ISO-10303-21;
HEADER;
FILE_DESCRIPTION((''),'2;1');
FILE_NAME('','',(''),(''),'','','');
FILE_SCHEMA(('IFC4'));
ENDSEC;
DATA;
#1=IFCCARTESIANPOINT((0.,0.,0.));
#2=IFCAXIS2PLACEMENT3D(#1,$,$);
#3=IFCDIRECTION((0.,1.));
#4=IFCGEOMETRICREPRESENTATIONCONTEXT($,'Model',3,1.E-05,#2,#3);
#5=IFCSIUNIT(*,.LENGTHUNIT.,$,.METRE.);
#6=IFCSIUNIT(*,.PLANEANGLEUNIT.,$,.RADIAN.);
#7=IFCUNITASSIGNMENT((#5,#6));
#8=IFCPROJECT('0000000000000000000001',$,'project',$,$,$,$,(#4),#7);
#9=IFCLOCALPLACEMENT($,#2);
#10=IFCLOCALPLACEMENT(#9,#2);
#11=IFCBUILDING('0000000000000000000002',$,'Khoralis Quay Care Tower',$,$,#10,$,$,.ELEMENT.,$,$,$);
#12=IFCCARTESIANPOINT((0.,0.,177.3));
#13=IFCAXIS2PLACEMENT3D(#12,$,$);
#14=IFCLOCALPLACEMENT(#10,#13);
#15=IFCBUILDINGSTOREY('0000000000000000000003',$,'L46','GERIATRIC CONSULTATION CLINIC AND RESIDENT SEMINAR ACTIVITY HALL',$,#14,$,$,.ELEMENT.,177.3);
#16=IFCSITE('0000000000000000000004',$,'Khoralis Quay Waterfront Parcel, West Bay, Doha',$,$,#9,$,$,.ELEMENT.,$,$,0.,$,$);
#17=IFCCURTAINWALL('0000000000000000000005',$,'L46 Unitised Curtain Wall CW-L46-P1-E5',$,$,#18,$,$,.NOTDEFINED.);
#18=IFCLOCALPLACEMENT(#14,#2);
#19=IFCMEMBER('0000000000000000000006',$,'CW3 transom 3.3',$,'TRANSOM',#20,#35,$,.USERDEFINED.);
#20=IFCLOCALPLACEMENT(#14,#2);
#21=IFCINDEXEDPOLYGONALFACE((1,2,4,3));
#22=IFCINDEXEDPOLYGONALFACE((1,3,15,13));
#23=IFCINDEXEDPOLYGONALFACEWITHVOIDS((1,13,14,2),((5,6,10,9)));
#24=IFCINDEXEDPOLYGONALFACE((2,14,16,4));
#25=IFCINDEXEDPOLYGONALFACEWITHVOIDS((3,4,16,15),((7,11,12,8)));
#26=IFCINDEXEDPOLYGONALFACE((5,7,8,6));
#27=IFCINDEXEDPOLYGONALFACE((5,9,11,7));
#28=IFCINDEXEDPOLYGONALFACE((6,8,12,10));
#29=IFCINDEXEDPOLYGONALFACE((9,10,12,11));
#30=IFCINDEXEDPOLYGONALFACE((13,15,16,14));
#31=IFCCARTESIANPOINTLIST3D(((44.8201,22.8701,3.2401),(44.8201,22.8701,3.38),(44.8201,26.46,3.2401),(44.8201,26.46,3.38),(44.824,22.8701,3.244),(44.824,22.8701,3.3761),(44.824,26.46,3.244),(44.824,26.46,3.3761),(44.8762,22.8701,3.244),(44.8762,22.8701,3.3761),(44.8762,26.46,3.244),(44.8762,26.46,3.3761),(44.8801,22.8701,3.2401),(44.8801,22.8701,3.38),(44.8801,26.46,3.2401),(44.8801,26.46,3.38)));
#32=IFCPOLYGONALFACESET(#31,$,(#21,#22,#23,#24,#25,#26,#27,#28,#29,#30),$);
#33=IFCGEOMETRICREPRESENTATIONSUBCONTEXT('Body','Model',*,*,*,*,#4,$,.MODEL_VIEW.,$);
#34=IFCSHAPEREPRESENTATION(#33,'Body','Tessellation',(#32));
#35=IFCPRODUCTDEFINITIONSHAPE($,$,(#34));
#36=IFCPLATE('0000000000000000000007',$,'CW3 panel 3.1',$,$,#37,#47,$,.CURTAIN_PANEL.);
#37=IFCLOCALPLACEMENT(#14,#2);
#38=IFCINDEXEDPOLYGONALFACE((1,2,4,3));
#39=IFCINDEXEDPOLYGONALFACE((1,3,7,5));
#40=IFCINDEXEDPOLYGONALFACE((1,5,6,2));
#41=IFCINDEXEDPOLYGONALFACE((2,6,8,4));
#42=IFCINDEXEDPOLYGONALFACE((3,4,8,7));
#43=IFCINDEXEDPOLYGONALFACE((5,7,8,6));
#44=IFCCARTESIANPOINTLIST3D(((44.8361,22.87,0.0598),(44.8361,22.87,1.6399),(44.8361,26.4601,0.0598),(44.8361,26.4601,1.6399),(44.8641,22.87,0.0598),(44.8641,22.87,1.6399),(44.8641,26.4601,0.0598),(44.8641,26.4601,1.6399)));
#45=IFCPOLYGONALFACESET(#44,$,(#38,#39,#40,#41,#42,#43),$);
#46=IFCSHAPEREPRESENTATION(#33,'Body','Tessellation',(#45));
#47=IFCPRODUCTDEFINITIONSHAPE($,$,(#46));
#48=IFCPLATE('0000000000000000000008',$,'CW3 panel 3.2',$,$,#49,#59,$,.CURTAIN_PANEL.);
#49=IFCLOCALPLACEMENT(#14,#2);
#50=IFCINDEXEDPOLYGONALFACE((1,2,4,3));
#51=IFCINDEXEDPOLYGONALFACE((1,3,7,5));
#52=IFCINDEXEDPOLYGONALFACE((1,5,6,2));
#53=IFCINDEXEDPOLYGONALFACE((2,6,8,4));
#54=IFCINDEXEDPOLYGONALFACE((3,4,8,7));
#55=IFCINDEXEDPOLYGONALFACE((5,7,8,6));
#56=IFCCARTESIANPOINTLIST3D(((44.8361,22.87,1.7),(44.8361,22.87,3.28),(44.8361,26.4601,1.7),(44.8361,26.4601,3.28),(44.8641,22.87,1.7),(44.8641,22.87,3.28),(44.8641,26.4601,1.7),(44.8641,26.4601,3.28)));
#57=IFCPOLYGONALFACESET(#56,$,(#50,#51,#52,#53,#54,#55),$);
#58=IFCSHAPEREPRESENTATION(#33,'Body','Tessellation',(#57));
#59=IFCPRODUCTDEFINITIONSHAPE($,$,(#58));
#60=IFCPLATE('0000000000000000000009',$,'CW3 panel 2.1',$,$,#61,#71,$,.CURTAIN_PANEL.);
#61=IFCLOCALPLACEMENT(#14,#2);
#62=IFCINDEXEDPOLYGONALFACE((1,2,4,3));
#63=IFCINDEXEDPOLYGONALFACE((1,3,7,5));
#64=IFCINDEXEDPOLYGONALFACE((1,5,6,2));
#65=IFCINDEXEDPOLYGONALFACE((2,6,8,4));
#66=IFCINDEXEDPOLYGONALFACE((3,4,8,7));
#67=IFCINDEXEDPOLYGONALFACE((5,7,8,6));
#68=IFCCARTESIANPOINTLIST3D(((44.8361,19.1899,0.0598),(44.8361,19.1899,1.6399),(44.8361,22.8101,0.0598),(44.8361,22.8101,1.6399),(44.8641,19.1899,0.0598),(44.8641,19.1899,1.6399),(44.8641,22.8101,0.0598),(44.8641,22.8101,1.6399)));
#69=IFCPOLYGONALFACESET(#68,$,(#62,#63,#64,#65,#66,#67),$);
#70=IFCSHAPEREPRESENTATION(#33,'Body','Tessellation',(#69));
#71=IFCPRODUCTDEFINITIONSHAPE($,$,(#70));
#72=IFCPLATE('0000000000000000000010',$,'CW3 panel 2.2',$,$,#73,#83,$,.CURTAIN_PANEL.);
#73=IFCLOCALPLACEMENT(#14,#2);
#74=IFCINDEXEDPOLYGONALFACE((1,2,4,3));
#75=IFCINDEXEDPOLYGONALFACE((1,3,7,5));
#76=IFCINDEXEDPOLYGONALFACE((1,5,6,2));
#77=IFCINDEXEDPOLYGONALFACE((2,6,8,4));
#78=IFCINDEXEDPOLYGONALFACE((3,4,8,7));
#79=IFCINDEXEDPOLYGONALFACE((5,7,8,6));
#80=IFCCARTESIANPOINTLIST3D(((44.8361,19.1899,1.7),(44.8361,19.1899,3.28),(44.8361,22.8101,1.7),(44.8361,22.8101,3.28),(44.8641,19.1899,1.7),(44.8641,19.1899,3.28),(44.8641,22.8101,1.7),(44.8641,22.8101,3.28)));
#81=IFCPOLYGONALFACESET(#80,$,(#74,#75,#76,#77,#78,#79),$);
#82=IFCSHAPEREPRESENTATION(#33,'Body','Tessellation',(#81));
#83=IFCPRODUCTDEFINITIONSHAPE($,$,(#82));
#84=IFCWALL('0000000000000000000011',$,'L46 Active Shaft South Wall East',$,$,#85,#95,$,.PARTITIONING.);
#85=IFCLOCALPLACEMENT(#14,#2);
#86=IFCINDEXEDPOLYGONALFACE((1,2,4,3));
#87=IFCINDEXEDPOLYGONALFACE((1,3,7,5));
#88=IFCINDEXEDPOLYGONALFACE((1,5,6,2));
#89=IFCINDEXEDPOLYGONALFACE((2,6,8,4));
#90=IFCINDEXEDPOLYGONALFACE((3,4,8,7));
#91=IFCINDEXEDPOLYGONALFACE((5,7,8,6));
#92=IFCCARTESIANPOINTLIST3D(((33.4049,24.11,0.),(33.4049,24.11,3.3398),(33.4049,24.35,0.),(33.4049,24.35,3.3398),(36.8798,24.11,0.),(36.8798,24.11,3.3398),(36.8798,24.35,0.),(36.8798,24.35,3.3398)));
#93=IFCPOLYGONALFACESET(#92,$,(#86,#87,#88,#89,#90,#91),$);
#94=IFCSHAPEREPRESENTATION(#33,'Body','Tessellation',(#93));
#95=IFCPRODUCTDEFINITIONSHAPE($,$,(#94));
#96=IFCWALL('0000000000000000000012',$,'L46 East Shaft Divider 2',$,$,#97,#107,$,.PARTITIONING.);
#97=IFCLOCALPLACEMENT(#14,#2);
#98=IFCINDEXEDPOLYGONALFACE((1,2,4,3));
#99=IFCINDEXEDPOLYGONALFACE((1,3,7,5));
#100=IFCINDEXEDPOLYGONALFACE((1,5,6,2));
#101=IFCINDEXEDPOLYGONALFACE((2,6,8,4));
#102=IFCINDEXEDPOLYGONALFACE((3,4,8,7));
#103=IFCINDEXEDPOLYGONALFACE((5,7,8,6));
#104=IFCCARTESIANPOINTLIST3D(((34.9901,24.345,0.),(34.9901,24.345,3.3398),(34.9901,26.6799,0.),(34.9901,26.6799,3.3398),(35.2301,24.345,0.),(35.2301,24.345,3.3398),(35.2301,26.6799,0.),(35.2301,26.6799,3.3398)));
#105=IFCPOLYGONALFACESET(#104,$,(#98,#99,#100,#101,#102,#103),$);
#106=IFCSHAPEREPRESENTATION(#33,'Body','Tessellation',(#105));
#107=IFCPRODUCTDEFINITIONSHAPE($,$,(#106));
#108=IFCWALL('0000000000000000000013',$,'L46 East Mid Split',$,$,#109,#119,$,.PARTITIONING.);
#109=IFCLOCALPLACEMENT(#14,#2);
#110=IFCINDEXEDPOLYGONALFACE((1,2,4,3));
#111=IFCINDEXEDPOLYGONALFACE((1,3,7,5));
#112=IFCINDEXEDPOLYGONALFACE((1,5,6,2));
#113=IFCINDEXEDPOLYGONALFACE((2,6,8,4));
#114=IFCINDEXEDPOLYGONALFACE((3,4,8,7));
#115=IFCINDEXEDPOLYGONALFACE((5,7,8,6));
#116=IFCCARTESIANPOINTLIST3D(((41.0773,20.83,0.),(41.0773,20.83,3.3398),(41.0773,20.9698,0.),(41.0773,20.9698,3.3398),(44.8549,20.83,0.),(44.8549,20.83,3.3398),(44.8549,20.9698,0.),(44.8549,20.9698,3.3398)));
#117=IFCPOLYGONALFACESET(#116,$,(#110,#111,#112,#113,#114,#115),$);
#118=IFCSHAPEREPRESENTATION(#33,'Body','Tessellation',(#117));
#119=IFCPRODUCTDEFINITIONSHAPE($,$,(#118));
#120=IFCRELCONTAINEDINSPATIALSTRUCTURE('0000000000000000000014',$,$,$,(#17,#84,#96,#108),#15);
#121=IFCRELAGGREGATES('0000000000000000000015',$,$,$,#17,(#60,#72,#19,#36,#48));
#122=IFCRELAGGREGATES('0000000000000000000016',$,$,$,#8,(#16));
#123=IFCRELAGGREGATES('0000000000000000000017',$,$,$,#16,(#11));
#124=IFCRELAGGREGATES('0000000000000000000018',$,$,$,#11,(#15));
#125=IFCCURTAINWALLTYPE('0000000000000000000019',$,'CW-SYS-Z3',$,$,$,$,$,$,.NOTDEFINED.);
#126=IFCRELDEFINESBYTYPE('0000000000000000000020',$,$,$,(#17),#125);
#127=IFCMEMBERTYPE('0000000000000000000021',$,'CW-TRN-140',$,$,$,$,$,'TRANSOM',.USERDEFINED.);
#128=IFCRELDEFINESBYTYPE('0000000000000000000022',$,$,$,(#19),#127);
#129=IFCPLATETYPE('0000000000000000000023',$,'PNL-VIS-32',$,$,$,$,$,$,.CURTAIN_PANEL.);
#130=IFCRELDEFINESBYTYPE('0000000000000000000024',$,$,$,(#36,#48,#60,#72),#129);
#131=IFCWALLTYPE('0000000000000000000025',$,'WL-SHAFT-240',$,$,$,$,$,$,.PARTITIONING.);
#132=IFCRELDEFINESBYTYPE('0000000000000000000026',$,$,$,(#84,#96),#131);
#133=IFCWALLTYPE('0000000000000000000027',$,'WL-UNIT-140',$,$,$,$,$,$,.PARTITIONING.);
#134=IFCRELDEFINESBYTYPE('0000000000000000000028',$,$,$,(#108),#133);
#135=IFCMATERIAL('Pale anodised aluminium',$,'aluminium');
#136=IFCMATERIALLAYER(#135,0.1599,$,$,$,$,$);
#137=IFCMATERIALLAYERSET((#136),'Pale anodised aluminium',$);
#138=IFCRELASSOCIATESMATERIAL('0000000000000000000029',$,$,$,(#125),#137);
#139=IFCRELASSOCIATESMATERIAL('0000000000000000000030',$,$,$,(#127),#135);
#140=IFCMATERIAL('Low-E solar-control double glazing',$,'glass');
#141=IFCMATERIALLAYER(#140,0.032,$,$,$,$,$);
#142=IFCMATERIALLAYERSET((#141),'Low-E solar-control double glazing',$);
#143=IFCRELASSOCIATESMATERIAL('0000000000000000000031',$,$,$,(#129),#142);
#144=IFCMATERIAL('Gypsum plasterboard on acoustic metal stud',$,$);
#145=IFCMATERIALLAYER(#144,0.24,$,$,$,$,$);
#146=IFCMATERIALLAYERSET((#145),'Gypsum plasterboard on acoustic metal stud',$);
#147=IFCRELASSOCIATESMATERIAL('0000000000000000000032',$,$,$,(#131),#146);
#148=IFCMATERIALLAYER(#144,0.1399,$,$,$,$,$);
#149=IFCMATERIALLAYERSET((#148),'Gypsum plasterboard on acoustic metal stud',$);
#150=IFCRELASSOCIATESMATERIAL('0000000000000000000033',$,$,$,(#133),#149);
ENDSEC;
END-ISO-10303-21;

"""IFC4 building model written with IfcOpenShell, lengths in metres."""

from ifc_helpers import new_model, si_unit, direction, frame, frame_2d, origin, origin_2d, place, context, subcontext, project, spatial, rectangle, hollow_rectangle, extrude, source, transform, mapped, material, layer, layer_set, material_profile, profile_set, type_object, element, aggregate, save


model = new_model("IFC4")

# Units and contexts
model_context = context("Model", 3, precision=1e-05, world=origin(), true_north=direction((0.0, 1.0)))
body_context = subcontext(model_context, "Body", "Model", "MODEL_VIEW")
ifc_project = project(units=[si_unit("LENGTHUNIT", "METRE"), si_unit("PLANEANGLEUNIT", "RADIAN")], contexts=[model_context])

# Site, building, storey
site_placement = place(None, origin())
site = spatial("IfcSite", under=ifc_project, at=site_placement, Name="Khoralis Quay Waterfront Parcel, West Bay, Doha", CompositionType="ELEMENT", RefElevation=0.0)
building_placement = place(site_placement, origin())
building = spatial("IfcBuilding", under=site, at=building_placement, Name="Khoralis Quay Care Tower", CompositionType="ELEMENT")
storey_placement = place(building_placement, frame((0.0, 0.0, 177.3)))
storey = spatial("IfcBuildingStorey", under=building, at=storey_placement, Name="L46", Description="GERIATRIC CONSULTATION CLINIC AND RESIDENT SEMINAR ACTIVITY HALL", CompositionType="ELEMENT", Elevation=177.3)

# Curtain wall, member, plates
ifc_material_1 = material(Name="Pale anodised aluminium", Category="aluminium")
ifc_layer_1 = layer(ifc_material_1, 0.1599)
ifc_layer_set_1 = layer_set([ifc_layer_1], Name="Pale anodised aluminium")
curtain_wall_type = type_object("IfcCurtainWallType", Name="CW-SYS-Z3", PredefinedType="NOTDEFINED", material=ifc_layer_set_1)
curtain_wall_placement = place(storey_placement, origin())
curtain_wall = element("IfcCurtainWall", 1, at=curtain_wall_placement, inside=storey, type_object=curtain_wall_type, Name="L46 Unitised Curtain Wall CW-L46-P1-E5", PredefinedType="NOTDEFINED")
ifc_material_profile_1 = material_profile(ifc_material_1, hollow_rectangle(XDim=0.0601, YDim=0.1399, WallThickness=0.0039, at=origin_2d()), Name="Pale anodised aluminium")
ifc_profile_set_1 = profile_set([ifc_material_profile_1], Name="Pale anodised aluminium")
member_type_1 = type_object("IfcMemberType", Name="CW-TRN-140", ElementType="TRANSOM", PredefinedType="USERDEFINED", material=ifc_profile_set_1)
shared_shape_1 = source(origin(), body_context, "Body", "SweptSolid", [
    extrude(hollow_rectangle(XDim=0.0601, YDim=0.1399, WallThickness=0.0039, at=origin_2d()), origin(), (0.0, 0.0, 1.0), 3.5898),
])
member_1_placement = place(storey_placement, frame((44.8501, 22.8701, 3.3101), z_axis=(0.0, 1.0, 0.0), x_axis=(-1.0, 0.0, 0.0)))
member_1 = element("IfcMember", 2, at=member_1_placement, type_object=member_type_1, Name="CW3 transom 3.3", ObjectType="TRANSOM", PredefinedType="USERDEFINED", context=body_context, shape_type="MappedRepresentation", body=[
    mapped(shared_shape_1, transform((0.0, 0.0, 0.0), scale=1.0)),
])
ifc_material_2 = material(Name="Low-E solar-control double glazing", Category="glass")
ifc_layer_2 = layer(ifc_material_2, 0.032)
ifc_layer_set_2 = layer_set([ifc_layer_2], Name="Low-E solar-control double glazing")
plate_type = type_object("IfcPlateType", Name="PNL-VIS-32", PredefinedType="CURTAIN_PANEL", material=ifc_layer_set_2)
shared_shape_2 = source(origin(), body_context, "Body", "SweptSolid", [
    extrude(rectangle(XDim=3.5901, YDim=0.0281, at=origin_2d()), origin(), (0.0, 0.0, 1.0), 1.5801),
])
plate_1_placement = place(storey_placement, frame((44.8501, 24.665, 0.0598), z_axis=(0.0, 0.0, 1.0), x_axis=(0.0, 1.0, 0.0)))
plate_1 = element("IfcPlate", 3, at=plate_1_placement, type_object=plate_type, Name="CW3 panel 3.1", PredefinedType="CURTAIN_PANEL", context=body_context, shape_type="MappedRepresentation", body=[
    mapped(shared_shape_2, transform((0.0, 0.0, 0.0), scale=1.0)),
])
plate_2_placement = place(storey_placement, frame((44.8501, 24.665, 1.7), z_axis=(0.0, 0.0, 1.0), x_axis=(0.0, 1.0, 0.0)))
plate_2 = element("IfcPlate", 4, at=plate_2_placement, type_object=plate_type, Name="CW3 panel 3.2", PredefinedType="CURTAIN_PANEL", context=body_context, shape_type="MappedRepresentation", body=[
    mapped(shared_shape_2, transform((0.0, 0.0, 0.0), scale=1.0)),
])
shared_shape_3 = source(origin(), body_context, "Body", "SweptSolid", [
    extrude(rectangle(XDim=3.6201, YDim=0.0281, at=origin_2d()), origin(), (0.0, 0.0, 1.0), 1.5801),
])
plate_3_placement = place(storey_placement, frame((44.8501, 21.0, 0.0598), z_axis=(0.0, 0.0, 1.0), x_axis=(0.0, 1.0, 0.0)))
plate_3 = element("IfcPlate", 5, at=plate_3_placement, type_object=plate_type, Name="CW3 panel 2.1", PredefinedType="CURTAIN_PANEL", context=body_context, shape_type="MappedRepresentation", body=[
    mapped(shared_shape_3, transform((0.0, 0.0, 0.0), scale=1.0)),
])
plate_4_placement = place(storey_placement, frame((44.8501, 21.0, 1.7), z_axis=(0.0, 0.0, 1.0), x_axis=(0.0, 1.0, 0.0)))
plate_4 = element("IfcPlate", 6, at=plate_4_placement, type_object=plate_type, Name="CW3 panel 2.2", PredefinedType="CURTAIN_PANEL", context=body_context, shape_type="MappedRepresentation", body=[
    mapped(shared_shape_3, transform((0.0, 0.0, 0.0), scale=1.0)),
])
aggregate(curtain_wall, [plate_3, plate_4, member_1, plate_1, plate_2])

# Walls
ifc_material_3 = material(Name="Gypsum plasterboard on acoustic metal stud")
ifc_layer_3 = layer(ifc_material_3, 0.24)
ifc_layer_set_3 = layer_set([ifc_layer_3], Name="Gypsum plasterboard on acoustic metal stud")
wall_type_1 = type_object("IfcWallType", Name="WL-SHAFT-240", PredefinedType="PARTITIONING", material=ifc_layer_set_3)
wall_1_placement = place(storey_placement, frame((33.405, 24.23, 0.0), z_axis=(0.0, 0.0, 1.0), x_axis=(1.0, 0.0, 0.0)))
element("IfcWall", 7, at=wall_1_placement, inside=storey, type_object=wall_type_1, Name="L46 Active Shaft South Wall East", PredefinedType="PARTITIONING", context=body_context, shape_type="SweptSolid", body=[
    extrude(rectangle(XDim=3.4749, YDim=0.24, at=frame_2d((1.7373, 0.0))), origin(), (0.0, 0.0, 1.0), 3.3398),
])
wall_2_placement = place(storey_placement, frame((35.1101, 24.345, 0.0), z_axis=(0.0, 0.0, 1.0), x_axis=(0.0, 1.0, 0.0)))
element("IfcWall", 8, at=wall_2_placement, inside=storey, type_object=wall_type_1, Name="L46 East Shaft Divider 2", PredefinedType="PARTITIONING", context=body_context, shape_type="SweptSolid", body=[
    extrude(rectangle(XDim=2.335, YDim=0.24, at=frame_2d((1.1675, 0.0))), origin(), (0.0, 0.0, 1.0), 3.3398),
])
ifc_layer_4 = layer(ifc_material_3, 0.1399)
ifc_layer_set_4 = layer_set([ifc_layer_4], Name="Gypsum plasterboard on acoustic metal stud")
wall_type_2 = type_object("IfcWallType", Name="WL-UNIT-140", PredefinedType="PARTITIONING", material=ifc_layer_set_4)
wall_3_placement = place(storey_placement, frame((41.0774, 20.8999, 0.0), z_axis=(0.0, 0.0, 1.0), x_axis=(1.0, 0.0, 0.0)))
element("IfcWall", 9, at=wall_3_placement, inside=storey, type_object=wall_type_2, Name="L46 East Mid Split", PredefinedType="PARTITIONING", context=body_context, shape_type="SweptSolid", body=[
    extrude(rectangle(XDim=3.7776, YDim=0.1399, at=frame_2d((1.8887, 0.0))), origin(), (0.0, 0.0, 1.0), 3.3398),
])

save(model, "model.ifc")
